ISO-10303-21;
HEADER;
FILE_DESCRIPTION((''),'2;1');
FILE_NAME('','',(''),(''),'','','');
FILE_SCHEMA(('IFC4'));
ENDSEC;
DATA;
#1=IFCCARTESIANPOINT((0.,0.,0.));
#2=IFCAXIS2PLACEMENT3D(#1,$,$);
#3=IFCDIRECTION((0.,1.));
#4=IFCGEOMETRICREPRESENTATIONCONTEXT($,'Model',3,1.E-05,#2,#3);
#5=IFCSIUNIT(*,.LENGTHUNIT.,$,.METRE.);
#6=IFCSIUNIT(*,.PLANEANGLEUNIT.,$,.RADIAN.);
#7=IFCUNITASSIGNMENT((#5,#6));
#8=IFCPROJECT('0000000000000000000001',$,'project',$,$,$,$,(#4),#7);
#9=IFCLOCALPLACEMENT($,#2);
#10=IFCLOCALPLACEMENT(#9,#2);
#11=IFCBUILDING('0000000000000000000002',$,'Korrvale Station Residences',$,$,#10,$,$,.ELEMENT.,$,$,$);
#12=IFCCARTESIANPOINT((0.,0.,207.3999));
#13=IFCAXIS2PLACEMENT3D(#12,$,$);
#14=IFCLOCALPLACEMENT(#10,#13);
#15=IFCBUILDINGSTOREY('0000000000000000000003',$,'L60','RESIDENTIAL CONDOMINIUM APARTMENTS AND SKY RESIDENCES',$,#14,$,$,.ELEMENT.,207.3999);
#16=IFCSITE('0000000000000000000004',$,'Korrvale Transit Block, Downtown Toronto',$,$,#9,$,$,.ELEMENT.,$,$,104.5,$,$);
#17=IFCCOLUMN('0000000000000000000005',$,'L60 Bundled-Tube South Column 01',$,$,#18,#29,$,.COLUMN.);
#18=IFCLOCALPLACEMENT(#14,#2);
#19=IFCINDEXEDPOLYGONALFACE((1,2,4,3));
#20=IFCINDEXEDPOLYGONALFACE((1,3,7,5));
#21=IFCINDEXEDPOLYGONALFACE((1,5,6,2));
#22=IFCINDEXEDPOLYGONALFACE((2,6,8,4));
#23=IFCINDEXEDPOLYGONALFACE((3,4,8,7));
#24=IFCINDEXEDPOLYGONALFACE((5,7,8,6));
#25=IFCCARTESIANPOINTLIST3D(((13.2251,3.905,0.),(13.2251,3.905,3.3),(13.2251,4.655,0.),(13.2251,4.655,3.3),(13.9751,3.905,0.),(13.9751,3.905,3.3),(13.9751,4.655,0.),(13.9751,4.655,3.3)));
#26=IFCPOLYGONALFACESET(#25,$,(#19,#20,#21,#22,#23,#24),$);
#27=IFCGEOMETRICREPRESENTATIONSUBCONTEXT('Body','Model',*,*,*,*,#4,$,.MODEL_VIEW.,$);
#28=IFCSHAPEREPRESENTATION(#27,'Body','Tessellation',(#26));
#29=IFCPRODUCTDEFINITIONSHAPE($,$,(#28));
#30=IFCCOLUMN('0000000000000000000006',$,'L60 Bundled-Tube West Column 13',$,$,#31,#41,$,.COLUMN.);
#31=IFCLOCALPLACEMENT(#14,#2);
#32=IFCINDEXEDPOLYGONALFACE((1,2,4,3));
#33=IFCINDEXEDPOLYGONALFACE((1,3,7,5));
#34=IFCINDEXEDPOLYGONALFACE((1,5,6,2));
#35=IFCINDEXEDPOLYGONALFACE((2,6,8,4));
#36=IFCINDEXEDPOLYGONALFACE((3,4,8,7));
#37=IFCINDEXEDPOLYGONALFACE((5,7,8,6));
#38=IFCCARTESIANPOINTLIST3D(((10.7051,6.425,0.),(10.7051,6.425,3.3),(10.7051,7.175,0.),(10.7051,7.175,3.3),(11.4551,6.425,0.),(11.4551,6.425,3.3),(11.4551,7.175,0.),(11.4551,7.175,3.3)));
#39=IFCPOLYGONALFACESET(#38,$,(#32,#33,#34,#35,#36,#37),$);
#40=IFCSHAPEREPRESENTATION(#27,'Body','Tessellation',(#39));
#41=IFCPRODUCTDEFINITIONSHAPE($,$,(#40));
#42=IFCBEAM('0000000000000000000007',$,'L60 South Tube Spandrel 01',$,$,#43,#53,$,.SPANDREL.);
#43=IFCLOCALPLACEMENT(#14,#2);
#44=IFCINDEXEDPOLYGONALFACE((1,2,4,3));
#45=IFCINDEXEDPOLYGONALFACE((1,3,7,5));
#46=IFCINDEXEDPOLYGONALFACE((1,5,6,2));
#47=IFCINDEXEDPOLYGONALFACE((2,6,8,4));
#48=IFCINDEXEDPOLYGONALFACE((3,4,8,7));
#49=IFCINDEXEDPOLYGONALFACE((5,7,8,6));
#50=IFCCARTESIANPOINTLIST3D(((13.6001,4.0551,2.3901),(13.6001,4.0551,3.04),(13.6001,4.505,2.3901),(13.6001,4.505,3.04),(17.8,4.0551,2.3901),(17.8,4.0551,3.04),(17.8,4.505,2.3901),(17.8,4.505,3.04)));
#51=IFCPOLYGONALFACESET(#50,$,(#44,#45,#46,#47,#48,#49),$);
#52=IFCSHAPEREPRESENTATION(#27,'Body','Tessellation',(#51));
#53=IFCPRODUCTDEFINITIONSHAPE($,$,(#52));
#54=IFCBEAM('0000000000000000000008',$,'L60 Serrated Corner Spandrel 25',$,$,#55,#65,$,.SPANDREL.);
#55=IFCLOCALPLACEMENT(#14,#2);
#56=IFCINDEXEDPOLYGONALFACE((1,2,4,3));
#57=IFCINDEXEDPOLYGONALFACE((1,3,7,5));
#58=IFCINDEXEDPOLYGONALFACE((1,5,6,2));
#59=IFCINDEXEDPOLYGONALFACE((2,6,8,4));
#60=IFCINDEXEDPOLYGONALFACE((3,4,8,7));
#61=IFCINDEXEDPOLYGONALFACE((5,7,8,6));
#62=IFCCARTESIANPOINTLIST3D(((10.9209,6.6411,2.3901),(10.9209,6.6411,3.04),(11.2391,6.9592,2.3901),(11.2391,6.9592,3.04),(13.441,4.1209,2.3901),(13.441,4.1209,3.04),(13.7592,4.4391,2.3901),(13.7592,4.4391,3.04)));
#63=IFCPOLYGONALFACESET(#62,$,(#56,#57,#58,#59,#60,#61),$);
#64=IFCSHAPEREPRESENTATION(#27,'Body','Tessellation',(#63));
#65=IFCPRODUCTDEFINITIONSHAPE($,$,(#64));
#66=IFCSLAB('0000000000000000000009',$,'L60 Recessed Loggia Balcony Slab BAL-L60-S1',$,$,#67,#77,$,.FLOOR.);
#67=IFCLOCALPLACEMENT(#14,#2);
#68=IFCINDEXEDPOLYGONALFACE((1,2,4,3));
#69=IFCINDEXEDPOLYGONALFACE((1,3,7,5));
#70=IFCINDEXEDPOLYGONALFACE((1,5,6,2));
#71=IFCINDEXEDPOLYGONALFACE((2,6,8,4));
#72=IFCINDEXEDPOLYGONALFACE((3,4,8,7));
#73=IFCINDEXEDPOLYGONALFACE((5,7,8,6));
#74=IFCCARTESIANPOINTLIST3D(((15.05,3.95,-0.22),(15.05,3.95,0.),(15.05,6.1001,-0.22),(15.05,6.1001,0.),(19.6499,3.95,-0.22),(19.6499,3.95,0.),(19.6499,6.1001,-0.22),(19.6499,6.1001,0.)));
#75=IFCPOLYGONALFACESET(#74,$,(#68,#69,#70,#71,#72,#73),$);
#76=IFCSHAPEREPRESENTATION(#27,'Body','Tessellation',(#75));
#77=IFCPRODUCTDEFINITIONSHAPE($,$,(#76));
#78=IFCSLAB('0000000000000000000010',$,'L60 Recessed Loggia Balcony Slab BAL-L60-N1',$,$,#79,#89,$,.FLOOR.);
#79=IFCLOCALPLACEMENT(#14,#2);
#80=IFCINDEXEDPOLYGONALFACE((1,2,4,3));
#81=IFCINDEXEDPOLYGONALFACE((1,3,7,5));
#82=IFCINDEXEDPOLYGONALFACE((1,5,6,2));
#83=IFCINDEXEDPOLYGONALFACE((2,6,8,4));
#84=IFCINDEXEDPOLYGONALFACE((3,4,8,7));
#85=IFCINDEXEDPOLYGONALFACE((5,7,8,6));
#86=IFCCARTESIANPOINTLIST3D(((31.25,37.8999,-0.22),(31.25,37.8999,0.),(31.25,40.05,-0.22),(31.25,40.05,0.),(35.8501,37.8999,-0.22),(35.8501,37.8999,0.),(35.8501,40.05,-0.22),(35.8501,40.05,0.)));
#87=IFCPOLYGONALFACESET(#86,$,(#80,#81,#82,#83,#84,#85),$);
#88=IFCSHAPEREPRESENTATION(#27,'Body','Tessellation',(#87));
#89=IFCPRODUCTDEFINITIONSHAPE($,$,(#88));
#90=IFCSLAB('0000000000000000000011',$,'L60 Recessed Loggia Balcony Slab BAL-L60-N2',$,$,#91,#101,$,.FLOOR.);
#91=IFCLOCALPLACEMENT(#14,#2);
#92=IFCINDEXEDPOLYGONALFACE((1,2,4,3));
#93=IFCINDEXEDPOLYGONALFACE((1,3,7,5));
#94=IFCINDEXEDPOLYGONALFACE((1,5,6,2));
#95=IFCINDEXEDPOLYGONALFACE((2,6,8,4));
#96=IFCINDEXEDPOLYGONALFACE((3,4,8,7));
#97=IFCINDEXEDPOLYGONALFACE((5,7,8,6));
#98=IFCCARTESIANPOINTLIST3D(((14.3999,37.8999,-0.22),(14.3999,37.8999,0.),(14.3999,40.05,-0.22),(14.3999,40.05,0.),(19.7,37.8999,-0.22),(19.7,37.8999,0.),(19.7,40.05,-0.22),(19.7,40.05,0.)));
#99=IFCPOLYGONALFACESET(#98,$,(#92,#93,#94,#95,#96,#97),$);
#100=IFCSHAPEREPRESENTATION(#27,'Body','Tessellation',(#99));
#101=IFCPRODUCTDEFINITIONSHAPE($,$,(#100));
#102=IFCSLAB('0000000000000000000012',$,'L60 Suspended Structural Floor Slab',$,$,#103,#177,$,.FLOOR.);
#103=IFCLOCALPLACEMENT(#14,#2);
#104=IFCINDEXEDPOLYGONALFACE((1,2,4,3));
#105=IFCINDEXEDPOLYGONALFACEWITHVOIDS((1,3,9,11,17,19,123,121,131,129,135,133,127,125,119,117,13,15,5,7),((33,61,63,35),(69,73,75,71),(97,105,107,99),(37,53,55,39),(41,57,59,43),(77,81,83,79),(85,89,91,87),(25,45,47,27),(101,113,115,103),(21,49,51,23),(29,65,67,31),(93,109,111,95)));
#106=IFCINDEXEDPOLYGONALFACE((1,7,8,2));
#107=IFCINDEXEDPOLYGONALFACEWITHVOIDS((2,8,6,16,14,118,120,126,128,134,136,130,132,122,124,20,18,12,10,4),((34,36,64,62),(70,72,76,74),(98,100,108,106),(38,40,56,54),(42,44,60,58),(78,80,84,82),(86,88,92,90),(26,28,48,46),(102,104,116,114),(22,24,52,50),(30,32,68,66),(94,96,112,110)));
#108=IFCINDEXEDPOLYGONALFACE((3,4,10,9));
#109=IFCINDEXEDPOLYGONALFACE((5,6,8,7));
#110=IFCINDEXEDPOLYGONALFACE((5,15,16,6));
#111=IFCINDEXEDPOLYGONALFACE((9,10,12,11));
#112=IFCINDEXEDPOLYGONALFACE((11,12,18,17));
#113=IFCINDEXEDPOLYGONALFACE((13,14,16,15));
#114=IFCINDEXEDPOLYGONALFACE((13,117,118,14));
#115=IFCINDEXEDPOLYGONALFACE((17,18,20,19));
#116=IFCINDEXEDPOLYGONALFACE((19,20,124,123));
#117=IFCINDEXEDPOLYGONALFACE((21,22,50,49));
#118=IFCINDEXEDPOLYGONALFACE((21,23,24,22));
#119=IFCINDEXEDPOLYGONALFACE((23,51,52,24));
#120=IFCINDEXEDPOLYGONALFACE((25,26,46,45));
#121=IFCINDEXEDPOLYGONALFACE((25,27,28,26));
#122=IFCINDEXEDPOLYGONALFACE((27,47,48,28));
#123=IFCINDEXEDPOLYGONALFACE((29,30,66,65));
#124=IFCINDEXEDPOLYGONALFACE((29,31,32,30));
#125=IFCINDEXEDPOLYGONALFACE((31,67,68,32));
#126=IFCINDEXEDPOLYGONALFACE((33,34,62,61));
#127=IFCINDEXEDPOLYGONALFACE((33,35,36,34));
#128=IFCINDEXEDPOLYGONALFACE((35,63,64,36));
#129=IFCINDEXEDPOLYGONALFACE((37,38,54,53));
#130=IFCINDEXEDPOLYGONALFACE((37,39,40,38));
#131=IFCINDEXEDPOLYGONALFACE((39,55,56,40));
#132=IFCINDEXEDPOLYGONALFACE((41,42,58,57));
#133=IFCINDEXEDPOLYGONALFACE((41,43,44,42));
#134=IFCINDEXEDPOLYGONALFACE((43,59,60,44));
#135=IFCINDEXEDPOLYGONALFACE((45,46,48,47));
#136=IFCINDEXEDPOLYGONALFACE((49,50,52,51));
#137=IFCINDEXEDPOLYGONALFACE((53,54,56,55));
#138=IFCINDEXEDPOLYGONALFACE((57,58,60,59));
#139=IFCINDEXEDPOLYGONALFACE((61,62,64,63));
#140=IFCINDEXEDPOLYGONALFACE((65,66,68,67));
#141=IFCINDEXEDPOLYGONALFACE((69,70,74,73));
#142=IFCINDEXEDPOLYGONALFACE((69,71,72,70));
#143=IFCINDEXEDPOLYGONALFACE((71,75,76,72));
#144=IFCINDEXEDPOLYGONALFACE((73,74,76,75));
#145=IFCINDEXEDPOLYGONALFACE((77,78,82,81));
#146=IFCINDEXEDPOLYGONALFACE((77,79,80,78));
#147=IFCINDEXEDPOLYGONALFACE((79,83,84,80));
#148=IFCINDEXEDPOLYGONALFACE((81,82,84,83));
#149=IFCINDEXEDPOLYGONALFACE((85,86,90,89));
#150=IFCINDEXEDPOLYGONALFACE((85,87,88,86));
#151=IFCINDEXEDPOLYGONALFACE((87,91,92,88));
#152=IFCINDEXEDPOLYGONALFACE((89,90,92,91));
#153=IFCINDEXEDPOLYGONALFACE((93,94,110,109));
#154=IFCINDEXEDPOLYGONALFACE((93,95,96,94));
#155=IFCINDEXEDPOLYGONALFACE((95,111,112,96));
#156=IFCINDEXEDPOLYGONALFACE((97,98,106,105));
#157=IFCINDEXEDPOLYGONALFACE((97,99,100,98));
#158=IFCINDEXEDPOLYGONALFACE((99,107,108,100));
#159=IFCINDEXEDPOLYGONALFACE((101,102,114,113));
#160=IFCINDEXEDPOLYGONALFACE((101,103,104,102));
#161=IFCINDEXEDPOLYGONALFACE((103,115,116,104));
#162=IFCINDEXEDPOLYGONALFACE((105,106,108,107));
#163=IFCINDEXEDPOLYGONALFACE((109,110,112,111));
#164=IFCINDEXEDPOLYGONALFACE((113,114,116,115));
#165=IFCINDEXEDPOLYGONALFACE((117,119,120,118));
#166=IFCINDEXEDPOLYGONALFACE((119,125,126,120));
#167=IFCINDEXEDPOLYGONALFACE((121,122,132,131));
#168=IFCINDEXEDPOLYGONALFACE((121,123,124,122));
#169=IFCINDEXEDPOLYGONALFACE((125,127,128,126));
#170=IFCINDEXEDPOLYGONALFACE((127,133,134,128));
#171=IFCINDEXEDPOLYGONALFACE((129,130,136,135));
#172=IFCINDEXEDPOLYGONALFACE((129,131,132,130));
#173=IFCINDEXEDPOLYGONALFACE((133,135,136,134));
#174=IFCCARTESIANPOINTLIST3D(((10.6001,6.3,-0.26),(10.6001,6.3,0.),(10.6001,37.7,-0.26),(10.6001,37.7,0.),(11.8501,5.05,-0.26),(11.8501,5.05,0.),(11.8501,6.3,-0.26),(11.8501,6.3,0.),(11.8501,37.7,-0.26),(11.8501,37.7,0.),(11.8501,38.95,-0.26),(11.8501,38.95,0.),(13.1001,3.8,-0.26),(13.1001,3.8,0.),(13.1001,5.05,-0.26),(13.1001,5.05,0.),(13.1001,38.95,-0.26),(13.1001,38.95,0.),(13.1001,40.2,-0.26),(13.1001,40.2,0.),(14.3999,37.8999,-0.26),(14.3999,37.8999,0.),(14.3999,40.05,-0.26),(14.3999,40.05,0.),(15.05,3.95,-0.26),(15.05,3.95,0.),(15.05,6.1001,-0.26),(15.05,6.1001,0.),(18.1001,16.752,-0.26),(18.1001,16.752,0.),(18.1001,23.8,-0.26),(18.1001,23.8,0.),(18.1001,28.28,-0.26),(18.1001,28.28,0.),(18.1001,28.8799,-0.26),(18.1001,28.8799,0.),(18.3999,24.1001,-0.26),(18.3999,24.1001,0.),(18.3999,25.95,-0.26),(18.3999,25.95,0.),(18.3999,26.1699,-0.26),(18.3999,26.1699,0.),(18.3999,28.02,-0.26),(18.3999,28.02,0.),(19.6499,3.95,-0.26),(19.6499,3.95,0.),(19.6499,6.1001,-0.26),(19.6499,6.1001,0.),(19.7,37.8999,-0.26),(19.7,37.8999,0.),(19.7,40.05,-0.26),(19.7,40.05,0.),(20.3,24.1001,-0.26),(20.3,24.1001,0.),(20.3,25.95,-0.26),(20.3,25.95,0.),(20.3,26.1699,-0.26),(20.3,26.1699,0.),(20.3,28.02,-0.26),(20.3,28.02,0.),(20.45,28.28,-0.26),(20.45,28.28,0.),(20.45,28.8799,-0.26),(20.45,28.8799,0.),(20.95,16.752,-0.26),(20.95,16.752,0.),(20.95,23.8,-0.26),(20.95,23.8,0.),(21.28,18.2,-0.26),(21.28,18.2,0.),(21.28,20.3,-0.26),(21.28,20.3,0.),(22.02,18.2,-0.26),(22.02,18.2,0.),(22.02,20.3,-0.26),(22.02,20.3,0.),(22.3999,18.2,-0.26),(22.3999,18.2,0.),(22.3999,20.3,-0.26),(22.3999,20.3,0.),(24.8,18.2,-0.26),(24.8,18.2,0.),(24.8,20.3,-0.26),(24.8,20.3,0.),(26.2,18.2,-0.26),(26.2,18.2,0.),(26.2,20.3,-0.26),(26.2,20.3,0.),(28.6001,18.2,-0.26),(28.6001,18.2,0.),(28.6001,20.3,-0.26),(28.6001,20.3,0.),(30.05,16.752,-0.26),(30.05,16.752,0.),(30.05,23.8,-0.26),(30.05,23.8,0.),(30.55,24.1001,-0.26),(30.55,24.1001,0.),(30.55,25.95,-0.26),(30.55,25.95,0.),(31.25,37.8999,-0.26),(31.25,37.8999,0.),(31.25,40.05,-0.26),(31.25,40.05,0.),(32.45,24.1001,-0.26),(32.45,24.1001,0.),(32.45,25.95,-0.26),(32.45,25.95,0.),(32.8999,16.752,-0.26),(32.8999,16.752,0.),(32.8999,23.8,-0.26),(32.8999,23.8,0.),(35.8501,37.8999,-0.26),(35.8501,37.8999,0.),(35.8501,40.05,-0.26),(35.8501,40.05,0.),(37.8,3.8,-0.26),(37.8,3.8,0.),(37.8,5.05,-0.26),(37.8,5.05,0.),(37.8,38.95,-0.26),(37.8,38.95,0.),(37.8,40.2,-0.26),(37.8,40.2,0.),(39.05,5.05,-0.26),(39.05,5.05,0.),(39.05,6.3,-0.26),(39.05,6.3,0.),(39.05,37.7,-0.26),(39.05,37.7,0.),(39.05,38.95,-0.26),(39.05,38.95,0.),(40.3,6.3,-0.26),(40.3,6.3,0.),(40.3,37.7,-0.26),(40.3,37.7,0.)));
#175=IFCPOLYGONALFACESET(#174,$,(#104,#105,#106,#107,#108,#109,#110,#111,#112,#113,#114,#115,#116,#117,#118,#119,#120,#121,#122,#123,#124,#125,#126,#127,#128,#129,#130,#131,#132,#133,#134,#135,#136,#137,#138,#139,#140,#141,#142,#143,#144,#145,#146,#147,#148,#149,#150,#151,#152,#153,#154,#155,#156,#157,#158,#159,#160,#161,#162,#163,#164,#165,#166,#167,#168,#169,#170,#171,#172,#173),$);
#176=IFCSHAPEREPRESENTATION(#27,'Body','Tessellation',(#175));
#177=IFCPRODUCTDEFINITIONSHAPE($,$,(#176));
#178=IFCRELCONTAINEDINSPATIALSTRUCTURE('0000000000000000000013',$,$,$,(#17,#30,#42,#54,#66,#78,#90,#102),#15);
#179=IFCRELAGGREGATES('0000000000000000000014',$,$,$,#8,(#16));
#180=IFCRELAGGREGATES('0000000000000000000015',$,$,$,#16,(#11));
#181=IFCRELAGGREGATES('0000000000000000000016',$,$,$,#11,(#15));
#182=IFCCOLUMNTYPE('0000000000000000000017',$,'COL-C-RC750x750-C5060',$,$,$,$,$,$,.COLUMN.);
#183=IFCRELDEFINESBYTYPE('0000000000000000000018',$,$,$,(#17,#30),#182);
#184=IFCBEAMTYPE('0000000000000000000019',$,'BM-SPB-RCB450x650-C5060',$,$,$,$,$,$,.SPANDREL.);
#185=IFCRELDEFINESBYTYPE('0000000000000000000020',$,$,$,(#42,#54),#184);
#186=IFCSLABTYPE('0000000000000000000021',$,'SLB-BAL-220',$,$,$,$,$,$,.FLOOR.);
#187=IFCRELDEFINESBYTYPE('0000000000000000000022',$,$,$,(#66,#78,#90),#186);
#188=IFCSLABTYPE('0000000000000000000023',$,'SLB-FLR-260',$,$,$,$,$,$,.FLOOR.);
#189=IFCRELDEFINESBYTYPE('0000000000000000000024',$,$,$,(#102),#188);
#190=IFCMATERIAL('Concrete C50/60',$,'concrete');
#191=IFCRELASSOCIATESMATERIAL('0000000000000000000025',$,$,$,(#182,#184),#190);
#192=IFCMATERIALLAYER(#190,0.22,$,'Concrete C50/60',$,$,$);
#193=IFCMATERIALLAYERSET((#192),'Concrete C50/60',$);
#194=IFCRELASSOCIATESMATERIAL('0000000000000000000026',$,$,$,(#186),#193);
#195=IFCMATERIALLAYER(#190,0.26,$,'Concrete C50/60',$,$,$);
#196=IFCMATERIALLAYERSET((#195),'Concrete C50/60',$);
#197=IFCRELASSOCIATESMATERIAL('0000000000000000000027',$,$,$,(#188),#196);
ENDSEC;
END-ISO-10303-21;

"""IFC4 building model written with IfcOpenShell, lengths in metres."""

from ifc_helpers import new_model, si_unit, direction, frame, origin, origin_2d, place, context, subcontext, project, spatial, polyline, rectangle, outline, extrude, material, layer, layer_set, material_profile, profile_set, type_object, element, save


model = new_model("IFC4")

# Units and contexts
model_context = context("Model", 3, precision=1e-05, world=origin(), true_north=direction((0.0, 1.0)))
body_context = subcontext(model_context, "Body", "Model", "MODEL_VIEW")
ifc_project = project(units=[si_unit("LENGTHUNIT", "METRE"), si_unit("PLANEANGLEUNIT", "RADIAN")], contexts=[model_context])

# Site, building, storey
site_placement = place(None, origin())
site = spatial("IfcSite", under=ifc_project, at=site_placement, Name="Korrvale Transit Block, Downtown Toronto", CompositionType="ELEMENT", RefElevation=104.5)
building_placement = place(site_placement, origin())
building = spatial("IfcBuilding", under=site, at=building_placement, Name="Korrvale Station Residences", CompositionType="ELEMENT")
storey_placement = place(building_placement, frame((0.0, 0.0, 207.3999)))
storey = spatial("IfcBuildingStorey", under=building, at=storey_placement, Name="L60", Description="RESIDENTIAL CONDOMINIUM APARTMENTS AND SKY RESIDENCES", CompositionType="ELEMENT", Elevation=207.3999)

# Columns
ifc_material_1 = material(Name="Concrete C50/60", Category="concrete")
ifc_material_profile_1 = material_profile(ifc_material_1, rectangle(XDim=0.75, YDim=0.75, at=origin_2d()), Name="RC750x750")
ifc_profile_set_1 = profile_set([ifc_material_profile_1], Name="Concrete C50/60")
column_type = type_object("IfcColumnType", Name="COL-C-RC750x750-C5060", PredefinedType="COLUMN", material=ifc_profile_set_1)
for number, where, z_axis, x_axis, name in (
    (1, (13.6001, 4.28, 0.0), (0.0, 0.0, 1.0), (1.0, 0.0, 0.0), "L60 Bundled-Tube South Column 01"),
    (2, (11.0801, 6.8, 0.0), (0.0, 0.0, 1.0), (1.0, 0.0, 0.0), "L60 Bundled-Tube West Column 13"),
):
    element("IfcColumn", number, at=place(storey_placement, frame(where, z_axis=z_axis, x_axis=x_axis)), inside=storey, type_object=column_type, Name=name, PredefinedType="COLUMN", context=body_context, shape_type="SweptSolid", body=[
        extrude(rectangle(XDim=0.75, YDim=0.75, at=origin_2d()), origin(), (0.0, 0.0, 1.0), 3.3),
    ])

# Beams
ifc_material_profile_2 = material_profile(ifc_material_1, rectangle(XDim=0.45, YDim=0.6499, at=origin_2d()), Name="RCB450x650")
ifc_profile_set_2 = profile_set([ifc_material_profile_2], Name="Concrete C50/60")
beam_type = type_object("IfcBeamType", Name="BM-SPB-RCB450x650-C5060", PredefinedType="SPANDREL", material=ifc_profile_set_2)
beam_1_placement = place(storey_placement, frame((13.6001, 4.28, 2.7151), z_axis=(1.0, 0.0, 0.0), x_axis=(0.0, 1.0, 0.0)))
element("IfcBeam", 3, at=beam_1_placement, inside=storey, type_object=beam_type, Name="L60 South Tube Spandrel 01", PredefinedType="SPANDREL", context=body_context, shape_type="SweptSolid", body=[
    extrude(rectangle(XDim=0.45, YDim=0.6499, at=origin_2d()), origin(), (0.0, 0.0, 1.0), 4.2),
])
beam_2_placement = place(storey_placement, frame((13.6001, 4.28, 2.7151), z_axis=(-0.707107, 0.707107, 0.0), x_axis=(-0.707107, -0.707107, 0.0)))
element("IfcBeam", 4, at=beam_2_placement, inside=storey, type_object=beam_type, Name="L60 Serrated Corner Spandrel 25", PredefinedType="SPANDREL", context=body_context, shape_type="SweptSolid", body=[
    extrude(rectangle(XDim=0.45, YDim=0.6499, at=origin_2d()), origin(), (0.0, 0.0, 1.0), 3.564),
])

# Slabs
ifc_layer_1 = layer(ifc_material_1, 0.22, Name="Concrete C50/60")
ifc_layer_set_1 = layer_set([ifc_layer_1], Name="Concrete C50/60")
slab_type_1 = type_object("IfcSlabType", Name="SLB-BAL-220", PredefinedType="FLOOR", material=ifc_layer_set_1)
slab_1_placement = place(storey_placement, frame((0.0, 0.0, -0.22)))
element("IfcSlab", 5, at=slab_1_placement, inside=storey, type_object=slab_type_1, Name="L60 Recessed Loggia Balcony Slab BAL-L60-S1", PredefinedType="FLOOR", context=body_context, shape_type="SweptSolid", body=[
    extrude(outline(polyline([(15.05, 3.95), (19.6499, 3.95), (19.6499, 6.1001), (15.05, 6.1001), (15.05, 3.95)])), origin(), (0.0, 0.0, 1.0), 0.22),
])
slab_2_placement = place(storey_placement, frame((0.0, 0.0, -0.22)))
element("IfcSlab", 6, at=slab_2_placement, inside=storey, type_object=slab_type_1, Name="L60 Recessed Loggia Balcony Slab BAL-L60-N1", PredefinedType="FLOOR", context=body_context, shape_type="SweptSolid", body=[
    extrude(outline(polyline([(31.25, 37.8999), (35.8501, 37.8999), (35.8501, 40.05), (31.25, 40.05), (31.25, 37.8999)])), origin(), (0.0, 0.0, 1.0), 0.22),
])
slab_3_placement = place(storey_placement, frame((0.0, 0.0, -0.22)))
element("IfcSlab", 7, at=slab_3_placement, inside=storey, type_object=slab_type_1, Name="L60 Recessed Loggia Balcony Slab BAL-L60-N2", PredefinedType="FLOOR", context=body_context, shape_type="SweptSolid", body=[
    extrude(outline(polyline([(14.3999, 37.8999), (19.7, 37.8999), (19.7, 40.05), (14.3999, 40.05), (14.3999, 37.8999)])), origin(), (0.0, 0.0, 1.0), 0.22),
])
ifc_layer_2 = layer(ifc_material_1, 0.26, Name="Concrete C50/60")
ifc_layer_set_2 = layer_set([ifc_layer_2], Name="Concrete C50/60")
slab_type_2 = type_object("IfcSlabType", Name="SLB-FLR-260", PredefinedType="FLOOR", material=ifc_layer_set_2)
slab_4_placement = place(storey_placement, frame((0.0, 0.0, -0.26)))
element("IfcSlab", 8, at=slab_4_placement, inside=storey, type_object=slab_type_2, Name="L60 Suspended Structural Floor Slab", PredefinedType="FLOOR", context=body_context, shape_type="SweptSolid", body=[
    extrude(outline(polyline([(13.1001, 3.8), (37.8, 3.8), (37.8, 5.05), (39.05, 5.05), (39.05, 6.3), (40.3, 6.3), (40.3, 37.7), (39.05, 37.7), (39.05, 38.95), (37.8, 38.95), (37.8, 40.2), (13.1001, 40.2), (13.1001, 38.95), (11.8501, 38.95), (11.8501, 37.7), (10.6001, 37.7), (10.6001, 6.3), (11.8501, 6.3), (11.8501, 5.05), (13.1001, 5.05), (13.1001, 3.8)]), holes=[polyline([(20.95, 16.752), (20.95, 23.8), (18.1001, 23.8), (18.1001, 16.752), (20.95, 16.752)]), polyline([(32.8999, 16.752), (32.8999, 23.8), (30.05, 23.8), (30.05, 16.752), (32.8999, 16.752)]), polyline([(18.3999, 24.1001), (20.3, 24.1001), (20.3, 25.95), (18.3999, 25.95), (18.3999, 24.1001)]), polyline([(18.3999, 26.1699), (20.3, 26.1699), (20.3, 28.02), (18.3999, 28.02), (18.3999, 26.1699)]), polyline([(30.55, 24.1001), (32.45, 24.1001), (32.45, 25.95), (30.55, 25.95), (30.55, 24.1001)]), polyline([(22.3999, 18.2), (24.8, 18.2), (24.8, 20.3), (22.3999, 20.3), (22.3999, 18.2)]), polyline([(26.2, 18.2), (28.6001, 18.2), (28.6001, 20.3), (26.2, 20.3), (26.2, 18.2)]), polyline([(18.1001, 28.28), (20.45, 28.28), (20.45, 28.8799), (18.1001, 28.8799), (18.1001, 28.28)]), polyline([(21.28, 18.2), (22.02, 18.2), (22.02, 20.3), (21.28, 20.3), (21.28, 18.2)]), polyline([(15.05, 3.95), (19.6499, 3.95), (19.6499, 6.1001), (15.05, 6.1001), (15.05, 3.95)]), polyline([(31.25, 37.8999), (35.8501, 37.8999), (35.8501, 40.05), (31.25, 40.05), (31.25, 37.8999)]), polyline([(14.3999, 37.8999), (19.7, 37.8999), (19.7, 40.05), (14.3999, 40.05), (14.3999, 37.8999)])]), origin(), (0.0, 0.0, 1.0), 0.26),
])

save(model, "model.ifc")
